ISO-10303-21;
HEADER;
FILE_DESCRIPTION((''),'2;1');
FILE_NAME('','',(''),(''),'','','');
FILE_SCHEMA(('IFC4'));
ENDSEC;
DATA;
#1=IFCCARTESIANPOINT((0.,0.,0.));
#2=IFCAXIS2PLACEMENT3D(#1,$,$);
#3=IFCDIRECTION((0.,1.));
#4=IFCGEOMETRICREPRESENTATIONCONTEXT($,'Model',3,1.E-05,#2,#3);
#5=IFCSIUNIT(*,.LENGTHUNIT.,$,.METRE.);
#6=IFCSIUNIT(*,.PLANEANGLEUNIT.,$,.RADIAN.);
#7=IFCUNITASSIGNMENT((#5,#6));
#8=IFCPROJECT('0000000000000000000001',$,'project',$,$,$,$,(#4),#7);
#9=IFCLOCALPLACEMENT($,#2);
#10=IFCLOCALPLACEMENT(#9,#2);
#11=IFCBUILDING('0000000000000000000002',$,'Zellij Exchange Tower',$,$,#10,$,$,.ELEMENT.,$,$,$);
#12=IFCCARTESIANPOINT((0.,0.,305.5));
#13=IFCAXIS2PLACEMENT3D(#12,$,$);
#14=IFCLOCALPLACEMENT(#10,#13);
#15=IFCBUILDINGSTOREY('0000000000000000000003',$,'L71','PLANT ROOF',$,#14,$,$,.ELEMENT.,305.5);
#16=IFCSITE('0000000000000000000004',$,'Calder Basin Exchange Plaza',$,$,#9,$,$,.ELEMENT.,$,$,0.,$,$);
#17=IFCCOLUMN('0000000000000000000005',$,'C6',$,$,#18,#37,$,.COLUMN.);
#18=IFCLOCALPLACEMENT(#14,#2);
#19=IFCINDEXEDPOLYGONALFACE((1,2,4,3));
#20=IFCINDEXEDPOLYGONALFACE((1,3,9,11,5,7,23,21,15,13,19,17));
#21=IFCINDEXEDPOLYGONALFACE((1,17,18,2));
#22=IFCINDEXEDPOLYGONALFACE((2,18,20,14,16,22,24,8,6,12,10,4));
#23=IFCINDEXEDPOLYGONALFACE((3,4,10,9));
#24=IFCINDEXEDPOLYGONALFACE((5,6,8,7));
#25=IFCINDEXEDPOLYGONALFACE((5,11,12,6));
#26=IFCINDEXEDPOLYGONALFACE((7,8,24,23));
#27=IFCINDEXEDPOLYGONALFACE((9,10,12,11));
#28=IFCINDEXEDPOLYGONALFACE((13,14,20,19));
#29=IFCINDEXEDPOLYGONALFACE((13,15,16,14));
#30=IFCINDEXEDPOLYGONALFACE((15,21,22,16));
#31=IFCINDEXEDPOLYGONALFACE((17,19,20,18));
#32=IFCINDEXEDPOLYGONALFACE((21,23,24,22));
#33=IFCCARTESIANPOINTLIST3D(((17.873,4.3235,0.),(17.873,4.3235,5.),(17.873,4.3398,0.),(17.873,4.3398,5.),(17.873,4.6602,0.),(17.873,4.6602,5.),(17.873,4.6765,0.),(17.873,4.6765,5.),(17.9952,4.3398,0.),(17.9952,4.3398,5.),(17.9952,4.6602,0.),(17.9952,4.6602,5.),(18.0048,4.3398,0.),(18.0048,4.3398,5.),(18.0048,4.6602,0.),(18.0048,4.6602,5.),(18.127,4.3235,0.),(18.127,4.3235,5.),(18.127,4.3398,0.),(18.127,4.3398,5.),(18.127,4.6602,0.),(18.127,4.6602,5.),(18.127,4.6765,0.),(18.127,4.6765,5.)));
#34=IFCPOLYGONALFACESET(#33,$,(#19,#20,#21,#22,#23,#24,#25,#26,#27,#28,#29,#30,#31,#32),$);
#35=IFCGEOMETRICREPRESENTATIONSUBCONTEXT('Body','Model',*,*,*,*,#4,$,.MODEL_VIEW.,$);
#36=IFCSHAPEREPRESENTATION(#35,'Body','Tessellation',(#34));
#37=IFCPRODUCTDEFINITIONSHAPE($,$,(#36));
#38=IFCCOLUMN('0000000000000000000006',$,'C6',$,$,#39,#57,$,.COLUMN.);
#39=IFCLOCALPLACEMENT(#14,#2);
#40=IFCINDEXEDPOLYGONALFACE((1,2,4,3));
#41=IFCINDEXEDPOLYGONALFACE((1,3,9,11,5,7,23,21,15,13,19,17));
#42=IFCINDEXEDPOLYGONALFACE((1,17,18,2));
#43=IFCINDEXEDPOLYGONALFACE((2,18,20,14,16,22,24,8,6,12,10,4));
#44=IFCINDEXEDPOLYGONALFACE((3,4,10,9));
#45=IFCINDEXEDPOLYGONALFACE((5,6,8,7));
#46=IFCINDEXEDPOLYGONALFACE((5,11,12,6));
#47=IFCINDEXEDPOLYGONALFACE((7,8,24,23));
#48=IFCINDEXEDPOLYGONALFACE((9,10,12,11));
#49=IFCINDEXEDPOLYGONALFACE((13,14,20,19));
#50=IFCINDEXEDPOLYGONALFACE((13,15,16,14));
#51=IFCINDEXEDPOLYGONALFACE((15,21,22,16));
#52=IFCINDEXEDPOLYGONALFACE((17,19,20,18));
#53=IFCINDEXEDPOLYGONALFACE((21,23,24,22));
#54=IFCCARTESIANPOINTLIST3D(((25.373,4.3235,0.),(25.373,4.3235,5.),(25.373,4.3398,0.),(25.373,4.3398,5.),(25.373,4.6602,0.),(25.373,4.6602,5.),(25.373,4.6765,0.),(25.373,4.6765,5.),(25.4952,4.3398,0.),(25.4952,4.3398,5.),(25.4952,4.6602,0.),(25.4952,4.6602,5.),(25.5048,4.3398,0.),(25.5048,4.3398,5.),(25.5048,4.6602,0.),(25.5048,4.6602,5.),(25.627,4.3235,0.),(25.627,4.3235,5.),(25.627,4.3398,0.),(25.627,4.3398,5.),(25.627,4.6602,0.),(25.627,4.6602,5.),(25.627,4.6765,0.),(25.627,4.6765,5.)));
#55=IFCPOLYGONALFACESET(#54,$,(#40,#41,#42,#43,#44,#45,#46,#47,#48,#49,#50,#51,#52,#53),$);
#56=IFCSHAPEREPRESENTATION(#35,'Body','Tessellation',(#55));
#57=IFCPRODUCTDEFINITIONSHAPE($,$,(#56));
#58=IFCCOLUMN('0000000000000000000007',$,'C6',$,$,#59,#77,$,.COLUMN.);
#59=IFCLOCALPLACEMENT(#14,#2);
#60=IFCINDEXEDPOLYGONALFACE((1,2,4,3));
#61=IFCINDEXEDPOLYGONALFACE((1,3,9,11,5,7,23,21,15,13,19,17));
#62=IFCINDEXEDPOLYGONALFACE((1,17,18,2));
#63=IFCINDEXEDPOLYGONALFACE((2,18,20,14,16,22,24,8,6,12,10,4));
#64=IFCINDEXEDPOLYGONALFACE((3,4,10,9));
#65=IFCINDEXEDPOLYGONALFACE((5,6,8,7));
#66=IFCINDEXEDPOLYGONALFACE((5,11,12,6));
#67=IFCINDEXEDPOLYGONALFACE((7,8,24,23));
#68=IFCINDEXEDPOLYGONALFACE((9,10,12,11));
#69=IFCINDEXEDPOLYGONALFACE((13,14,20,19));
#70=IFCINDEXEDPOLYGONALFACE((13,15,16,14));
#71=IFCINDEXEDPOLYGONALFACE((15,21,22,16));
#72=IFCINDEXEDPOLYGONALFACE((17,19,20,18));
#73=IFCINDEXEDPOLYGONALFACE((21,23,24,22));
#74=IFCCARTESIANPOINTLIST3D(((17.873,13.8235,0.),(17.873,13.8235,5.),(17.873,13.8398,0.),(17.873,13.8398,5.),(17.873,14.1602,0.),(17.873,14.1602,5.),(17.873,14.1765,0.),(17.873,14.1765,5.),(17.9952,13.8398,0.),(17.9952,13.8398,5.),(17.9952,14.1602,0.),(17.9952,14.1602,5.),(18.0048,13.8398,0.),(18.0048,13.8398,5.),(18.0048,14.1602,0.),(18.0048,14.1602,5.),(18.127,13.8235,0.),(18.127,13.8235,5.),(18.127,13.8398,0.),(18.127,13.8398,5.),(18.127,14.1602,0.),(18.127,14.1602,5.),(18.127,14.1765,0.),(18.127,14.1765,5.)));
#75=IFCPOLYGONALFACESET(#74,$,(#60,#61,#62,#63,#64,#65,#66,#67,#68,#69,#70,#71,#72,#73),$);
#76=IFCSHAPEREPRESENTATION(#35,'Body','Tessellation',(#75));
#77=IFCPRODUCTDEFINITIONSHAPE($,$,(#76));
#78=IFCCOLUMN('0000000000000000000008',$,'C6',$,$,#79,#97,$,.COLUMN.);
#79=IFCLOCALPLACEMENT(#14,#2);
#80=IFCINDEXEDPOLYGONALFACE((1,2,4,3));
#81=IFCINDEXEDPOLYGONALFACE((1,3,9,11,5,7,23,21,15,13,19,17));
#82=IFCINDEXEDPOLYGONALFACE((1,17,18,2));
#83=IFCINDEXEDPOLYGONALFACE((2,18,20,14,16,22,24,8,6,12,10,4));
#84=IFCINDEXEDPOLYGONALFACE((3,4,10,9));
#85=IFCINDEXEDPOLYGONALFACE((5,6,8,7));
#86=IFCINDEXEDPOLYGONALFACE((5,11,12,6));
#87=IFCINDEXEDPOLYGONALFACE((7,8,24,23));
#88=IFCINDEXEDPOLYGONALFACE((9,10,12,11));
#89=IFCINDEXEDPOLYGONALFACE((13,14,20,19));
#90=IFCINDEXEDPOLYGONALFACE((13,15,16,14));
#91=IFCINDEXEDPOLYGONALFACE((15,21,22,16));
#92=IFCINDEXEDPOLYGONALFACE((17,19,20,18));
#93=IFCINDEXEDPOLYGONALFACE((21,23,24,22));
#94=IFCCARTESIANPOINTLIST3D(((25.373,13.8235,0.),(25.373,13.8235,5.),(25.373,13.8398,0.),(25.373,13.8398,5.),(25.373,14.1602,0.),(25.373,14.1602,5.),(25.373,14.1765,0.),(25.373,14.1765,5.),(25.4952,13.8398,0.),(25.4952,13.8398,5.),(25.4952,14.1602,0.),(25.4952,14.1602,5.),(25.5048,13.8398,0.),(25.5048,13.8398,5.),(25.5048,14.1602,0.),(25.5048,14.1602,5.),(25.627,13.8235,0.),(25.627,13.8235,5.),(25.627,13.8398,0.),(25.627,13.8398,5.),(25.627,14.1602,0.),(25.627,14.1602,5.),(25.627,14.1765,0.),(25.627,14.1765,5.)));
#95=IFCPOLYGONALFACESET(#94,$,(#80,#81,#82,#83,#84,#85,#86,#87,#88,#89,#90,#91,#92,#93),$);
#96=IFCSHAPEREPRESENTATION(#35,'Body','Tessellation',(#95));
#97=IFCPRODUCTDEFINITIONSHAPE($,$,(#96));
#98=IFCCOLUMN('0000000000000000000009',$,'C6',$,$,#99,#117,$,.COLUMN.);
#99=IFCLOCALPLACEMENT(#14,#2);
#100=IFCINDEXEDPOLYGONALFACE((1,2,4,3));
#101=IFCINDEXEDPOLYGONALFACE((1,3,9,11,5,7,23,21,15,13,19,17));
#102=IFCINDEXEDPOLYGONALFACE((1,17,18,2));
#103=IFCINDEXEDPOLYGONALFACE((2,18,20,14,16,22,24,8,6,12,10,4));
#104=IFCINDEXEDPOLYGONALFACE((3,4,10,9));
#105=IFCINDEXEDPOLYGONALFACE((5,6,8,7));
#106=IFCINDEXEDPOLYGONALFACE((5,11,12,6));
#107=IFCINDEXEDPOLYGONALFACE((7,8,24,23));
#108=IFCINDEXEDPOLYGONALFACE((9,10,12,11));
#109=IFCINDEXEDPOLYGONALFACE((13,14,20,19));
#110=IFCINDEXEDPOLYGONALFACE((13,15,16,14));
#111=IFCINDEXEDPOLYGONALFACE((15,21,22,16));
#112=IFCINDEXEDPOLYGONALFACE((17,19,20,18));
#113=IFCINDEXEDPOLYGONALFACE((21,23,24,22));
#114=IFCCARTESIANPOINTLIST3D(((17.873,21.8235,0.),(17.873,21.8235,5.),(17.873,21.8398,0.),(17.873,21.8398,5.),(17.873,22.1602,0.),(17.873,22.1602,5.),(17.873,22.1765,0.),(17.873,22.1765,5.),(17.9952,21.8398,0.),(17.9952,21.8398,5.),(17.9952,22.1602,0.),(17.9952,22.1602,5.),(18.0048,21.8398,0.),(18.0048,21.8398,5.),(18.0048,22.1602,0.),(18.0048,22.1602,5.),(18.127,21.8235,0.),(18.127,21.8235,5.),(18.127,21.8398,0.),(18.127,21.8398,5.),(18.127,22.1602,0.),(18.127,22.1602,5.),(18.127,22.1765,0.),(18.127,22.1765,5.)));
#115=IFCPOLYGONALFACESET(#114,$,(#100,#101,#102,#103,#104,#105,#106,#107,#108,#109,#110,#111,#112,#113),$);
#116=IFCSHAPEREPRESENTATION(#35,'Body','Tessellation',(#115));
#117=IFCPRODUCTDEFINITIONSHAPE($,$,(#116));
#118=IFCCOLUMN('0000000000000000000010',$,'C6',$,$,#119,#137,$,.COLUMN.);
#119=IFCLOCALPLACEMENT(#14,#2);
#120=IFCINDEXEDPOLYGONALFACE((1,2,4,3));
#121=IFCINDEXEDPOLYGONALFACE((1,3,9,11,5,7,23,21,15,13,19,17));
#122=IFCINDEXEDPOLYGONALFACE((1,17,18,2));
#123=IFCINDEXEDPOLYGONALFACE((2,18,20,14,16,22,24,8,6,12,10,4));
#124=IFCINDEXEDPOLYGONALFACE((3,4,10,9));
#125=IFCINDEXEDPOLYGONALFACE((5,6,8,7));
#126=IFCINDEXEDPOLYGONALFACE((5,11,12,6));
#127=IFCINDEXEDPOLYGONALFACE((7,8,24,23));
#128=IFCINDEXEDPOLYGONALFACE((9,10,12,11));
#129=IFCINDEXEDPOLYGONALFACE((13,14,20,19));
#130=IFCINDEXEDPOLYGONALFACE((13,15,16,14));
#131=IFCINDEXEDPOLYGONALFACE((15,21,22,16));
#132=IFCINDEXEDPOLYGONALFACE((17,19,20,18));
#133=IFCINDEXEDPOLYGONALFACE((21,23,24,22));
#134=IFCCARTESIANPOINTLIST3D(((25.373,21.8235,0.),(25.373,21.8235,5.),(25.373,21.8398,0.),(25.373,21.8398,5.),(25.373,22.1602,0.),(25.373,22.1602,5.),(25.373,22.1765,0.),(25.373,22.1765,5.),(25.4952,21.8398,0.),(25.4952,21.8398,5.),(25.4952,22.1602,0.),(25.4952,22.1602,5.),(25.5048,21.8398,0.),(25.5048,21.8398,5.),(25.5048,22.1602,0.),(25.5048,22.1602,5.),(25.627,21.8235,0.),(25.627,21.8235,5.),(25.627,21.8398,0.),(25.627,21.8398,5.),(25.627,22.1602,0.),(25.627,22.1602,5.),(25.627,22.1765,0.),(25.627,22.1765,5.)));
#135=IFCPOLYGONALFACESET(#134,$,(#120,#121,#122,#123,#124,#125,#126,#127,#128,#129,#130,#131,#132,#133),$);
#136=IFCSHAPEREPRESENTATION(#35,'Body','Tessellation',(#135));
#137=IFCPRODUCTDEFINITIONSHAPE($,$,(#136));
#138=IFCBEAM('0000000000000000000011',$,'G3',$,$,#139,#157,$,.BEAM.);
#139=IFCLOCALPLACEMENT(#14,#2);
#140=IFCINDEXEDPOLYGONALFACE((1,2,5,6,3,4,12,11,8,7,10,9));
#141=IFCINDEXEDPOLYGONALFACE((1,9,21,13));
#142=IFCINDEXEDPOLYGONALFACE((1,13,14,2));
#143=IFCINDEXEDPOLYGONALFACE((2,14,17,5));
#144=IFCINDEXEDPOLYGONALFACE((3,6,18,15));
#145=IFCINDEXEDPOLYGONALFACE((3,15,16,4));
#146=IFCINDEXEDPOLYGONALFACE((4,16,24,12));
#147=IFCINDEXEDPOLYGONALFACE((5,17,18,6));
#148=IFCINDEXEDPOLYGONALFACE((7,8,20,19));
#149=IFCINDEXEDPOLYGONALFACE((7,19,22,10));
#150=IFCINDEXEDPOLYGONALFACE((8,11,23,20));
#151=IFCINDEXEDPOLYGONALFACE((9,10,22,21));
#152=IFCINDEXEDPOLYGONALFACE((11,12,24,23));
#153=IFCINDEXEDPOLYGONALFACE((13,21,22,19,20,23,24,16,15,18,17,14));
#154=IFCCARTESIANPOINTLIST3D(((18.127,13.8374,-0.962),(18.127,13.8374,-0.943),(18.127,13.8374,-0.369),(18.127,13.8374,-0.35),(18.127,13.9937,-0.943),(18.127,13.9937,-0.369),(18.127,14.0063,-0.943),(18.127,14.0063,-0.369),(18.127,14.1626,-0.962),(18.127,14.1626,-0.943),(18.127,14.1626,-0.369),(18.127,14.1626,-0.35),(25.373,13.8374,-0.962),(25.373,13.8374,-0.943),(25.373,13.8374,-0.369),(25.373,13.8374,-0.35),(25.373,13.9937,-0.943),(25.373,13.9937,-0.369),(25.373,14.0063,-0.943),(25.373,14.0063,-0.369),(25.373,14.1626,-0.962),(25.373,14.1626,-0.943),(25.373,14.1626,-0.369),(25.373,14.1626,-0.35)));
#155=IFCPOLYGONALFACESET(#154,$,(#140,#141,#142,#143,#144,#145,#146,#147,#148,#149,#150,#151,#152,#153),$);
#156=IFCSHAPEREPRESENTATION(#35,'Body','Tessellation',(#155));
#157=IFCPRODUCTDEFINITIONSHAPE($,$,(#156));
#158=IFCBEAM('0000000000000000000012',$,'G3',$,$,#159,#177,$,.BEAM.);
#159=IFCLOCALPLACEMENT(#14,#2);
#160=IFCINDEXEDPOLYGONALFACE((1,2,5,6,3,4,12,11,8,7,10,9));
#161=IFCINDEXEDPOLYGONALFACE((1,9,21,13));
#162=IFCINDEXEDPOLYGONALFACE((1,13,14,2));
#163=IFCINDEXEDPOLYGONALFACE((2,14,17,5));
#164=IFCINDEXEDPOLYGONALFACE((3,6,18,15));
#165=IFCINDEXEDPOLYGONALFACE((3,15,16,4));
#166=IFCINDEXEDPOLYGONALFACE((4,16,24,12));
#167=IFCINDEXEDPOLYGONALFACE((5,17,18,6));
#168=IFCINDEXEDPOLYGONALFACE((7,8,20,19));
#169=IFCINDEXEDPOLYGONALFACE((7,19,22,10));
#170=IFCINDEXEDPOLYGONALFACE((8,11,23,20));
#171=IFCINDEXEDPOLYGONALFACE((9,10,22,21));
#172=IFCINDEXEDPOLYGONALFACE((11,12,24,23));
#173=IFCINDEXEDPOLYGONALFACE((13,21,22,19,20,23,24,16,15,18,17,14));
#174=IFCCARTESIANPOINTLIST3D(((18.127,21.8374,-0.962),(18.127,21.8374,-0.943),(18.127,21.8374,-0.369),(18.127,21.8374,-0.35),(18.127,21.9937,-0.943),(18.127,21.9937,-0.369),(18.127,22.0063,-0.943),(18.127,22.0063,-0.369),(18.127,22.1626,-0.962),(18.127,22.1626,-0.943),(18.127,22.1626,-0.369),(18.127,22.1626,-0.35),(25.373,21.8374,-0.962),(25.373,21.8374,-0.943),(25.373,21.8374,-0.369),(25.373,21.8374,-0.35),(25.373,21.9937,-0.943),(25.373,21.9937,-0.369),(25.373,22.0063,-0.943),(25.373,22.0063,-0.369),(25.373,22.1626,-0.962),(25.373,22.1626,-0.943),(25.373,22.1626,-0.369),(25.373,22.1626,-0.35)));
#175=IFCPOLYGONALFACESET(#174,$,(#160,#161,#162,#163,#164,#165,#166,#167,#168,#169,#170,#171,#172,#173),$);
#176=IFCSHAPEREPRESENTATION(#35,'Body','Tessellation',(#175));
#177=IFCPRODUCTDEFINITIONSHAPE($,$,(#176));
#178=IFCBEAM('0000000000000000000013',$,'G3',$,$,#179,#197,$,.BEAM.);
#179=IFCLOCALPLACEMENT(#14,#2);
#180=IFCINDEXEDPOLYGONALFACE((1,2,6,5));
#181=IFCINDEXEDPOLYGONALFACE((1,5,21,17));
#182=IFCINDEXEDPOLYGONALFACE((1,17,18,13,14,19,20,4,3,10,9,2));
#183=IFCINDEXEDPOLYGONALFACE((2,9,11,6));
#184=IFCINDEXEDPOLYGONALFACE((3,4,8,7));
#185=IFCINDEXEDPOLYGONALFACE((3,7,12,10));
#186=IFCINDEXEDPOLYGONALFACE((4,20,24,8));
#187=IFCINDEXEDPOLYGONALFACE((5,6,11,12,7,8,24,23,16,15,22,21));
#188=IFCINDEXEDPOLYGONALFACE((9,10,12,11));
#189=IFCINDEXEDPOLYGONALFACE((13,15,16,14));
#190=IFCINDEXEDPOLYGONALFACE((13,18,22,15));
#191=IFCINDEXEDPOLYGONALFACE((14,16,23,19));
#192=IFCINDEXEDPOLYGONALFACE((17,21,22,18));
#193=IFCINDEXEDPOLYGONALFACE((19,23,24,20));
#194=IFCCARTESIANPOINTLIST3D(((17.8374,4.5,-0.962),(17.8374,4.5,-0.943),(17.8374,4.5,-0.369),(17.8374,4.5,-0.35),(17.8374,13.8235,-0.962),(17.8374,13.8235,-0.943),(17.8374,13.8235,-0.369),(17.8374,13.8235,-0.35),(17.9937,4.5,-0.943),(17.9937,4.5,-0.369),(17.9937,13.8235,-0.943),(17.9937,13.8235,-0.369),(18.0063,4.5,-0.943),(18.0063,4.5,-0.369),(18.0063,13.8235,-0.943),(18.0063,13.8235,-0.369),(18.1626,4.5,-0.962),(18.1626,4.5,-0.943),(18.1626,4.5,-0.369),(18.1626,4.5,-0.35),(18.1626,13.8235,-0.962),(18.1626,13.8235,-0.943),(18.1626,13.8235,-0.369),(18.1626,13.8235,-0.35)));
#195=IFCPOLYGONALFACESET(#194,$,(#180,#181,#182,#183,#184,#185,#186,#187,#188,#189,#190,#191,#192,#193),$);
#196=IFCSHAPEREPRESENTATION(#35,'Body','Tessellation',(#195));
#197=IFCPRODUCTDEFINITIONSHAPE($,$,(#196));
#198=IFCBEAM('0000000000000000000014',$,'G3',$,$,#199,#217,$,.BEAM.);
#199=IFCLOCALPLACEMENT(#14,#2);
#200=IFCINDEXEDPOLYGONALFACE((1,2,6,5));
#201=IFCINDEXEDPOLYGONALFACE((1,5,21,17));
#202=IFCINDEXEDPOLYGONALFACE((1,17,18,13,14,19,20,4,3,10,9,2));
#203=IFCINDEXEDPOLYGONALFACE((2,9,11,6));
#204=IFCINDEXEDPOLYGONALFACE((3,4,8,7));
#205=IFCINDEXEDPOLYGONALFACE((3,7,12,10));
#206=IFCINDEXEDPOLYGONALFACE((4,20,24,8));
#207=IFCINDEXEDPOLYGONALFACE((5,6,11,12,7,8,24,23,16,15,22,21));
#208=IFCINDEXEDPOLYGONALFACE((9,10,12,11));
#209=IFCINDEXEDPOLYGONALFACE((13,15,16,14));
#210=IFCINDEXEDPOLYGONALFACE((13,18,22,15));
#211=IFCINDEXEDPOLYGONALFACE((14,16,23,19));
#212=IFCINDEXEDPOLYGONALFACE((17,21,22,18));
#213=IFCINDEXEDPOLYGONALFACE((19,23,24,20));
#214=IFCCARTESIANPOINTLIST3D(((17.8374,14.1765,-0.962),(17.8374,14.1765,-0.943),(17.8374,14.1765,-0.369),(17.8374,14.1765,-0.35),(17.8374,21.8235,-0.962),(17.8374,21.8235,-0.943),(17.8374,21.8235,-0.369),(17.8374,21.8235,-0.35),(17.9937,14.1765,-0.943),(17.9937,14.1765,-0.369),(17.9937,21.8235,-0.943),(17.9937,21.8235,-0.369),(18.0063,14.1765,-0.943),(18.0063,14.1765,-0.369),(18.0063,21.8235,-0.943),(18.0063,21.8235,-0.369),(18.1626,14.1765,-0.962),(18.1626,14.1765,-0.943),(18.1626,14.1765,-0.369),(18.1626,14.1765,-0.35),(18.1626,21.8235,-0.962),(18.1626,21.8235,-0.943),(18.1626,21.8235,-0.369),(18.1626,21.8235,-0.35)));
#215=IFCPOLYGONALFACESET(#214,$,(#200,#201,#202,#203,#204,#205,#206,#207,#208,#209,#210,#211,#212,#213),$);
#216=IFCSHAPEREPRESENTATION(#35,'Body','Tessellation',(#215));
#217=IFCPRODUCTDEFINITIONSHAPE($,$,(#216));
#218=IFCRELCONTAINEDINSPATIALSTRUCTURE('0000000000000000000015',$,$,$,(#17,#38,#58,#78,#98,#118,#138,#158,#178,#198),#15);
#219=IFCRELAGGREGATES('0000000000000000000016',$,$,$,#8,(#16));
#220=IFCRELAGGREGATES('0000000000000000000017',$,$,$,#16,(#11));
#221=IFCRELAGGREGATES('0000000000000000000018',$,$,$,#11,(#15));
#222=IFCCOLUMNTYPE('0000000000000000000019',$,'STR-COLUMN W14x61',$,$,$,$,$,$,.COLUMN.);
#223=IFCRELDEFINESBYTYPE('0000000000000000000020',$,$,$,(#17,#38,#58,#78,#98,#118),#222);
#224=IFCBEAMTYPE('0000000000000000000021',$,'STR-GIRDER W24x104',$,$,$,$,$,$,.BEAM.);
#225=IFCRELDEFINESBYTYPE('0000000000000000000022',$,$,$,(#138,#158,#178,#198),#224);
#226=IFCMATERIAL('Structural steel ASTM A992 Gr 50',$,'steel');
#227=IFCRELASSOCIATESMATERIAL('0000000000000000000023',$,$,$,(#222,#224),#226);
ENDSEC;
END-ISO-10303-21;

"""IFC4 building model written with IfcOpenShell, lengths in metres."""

from ifc_helpers import new_model, si_unit, direction, frame, origin, origin_2d, place, context, subcontext, project, spatial, i_section, extrude, material, material_profile, profile_set, type_object, element, save


model = new_model("IFC4")

# Units and contexts
model_context = context("Model", 3, precision=1e-05, world=origin(), true_north=direction((0.0, 1.0)))
body_context = subcontext(model_context, "Body", "Model", "MODEL_VIEW")
ifc_project = project(units=[si_unit("LENGTHUNIT", "METRE"), si_unit("PLANEANGLEUNIT", "RADIAN")], contexts=[model_context])

# Site, building, storey
site_placement = place(None, origin())
site = spatial("IfcSite", under=ifc_project, at=site_placement, Name="Calder Basin Exchange Plaza", CompositionType="ELEMENT", RefElevation=0.0)
building_placement = place(site_placement, origin())
building = spatial("IfcBuilding", under=site, at=building_placement, Name="Zellij Exchange Tower", CompositionType="ELEMENT")
storey_placement = place(building_placement, frame((0.0, 0.0, 305.5)))
storey = spatial("IfcBuildingStorey", under=building, at=storey_placement, Name="L71", Description="PLANT ROOF", CompositionType="ELEMENT", Elevation=305.5)

# Columns
ifc_material_1 = material(Name="Structural steel ASTM A992 Gr 50", Category="steel")
ifc_material_profile_1 = material_profile(ifc_material_1, i_section(OverallWidth=0.2539, OverallDepth=0.353, WebThickness=0.0095, FlangeThickness=0.0164, at=origin_2d()), Name="W14x61")
ifc_profile_set_1 = profile_set([ifc_material_profile_1], Name="Structural steel ASTM A992 Gr 50")
column_type = type_object("IfcColumnType", Name="STR-COLUMN W14x61", PredefinedType="COLUMN", material=ifc_profile_set_1)
for number, where, z_axis, x_axis, name in (
    (1, (18.0, 4.5, 0.0), (0.0, 0.0, 1.0), (1.0, 0.0, 0.0), "C6"),
    (2, (25.5, 4.5, 0.0), (0.0, 0.0, 1.0), (1.0, 0.0, 0.0), "C6"),
    (3, (18.0, 14.0, 0.0), (0.0, 0.0, 1.0), (1.0, 0.0, 0.0), "C6"),
    (4, (25.5, 14.0, 0.0), (0.0, 0.0, 1.0), (1.0, 0.0, 0.0), "C6"),
    (5, (18.0, 22.0, 0.0), (0.0, 0.0, 1.0), (1.0, 0.0, 0.0), "C6"),
    (6, (25.5, 22.0, 0.0), (0.0, 0.0, 1.0), (1.0, 0.0, 0.0), "C6"),
):
    element("IfcColumn", number, at=place(storey_placement, frame(where, z_axis=z_axis, x_axis=x_axis)), inside=storey, type_object=column_type, Name=name, PredefinedType="COLUMN", context=body_context, shape_type="SweptSolid", body=[
        extrude(i_section(OverallWidth=0.2539, OverallDepth=0.353, WebThickness=0.0095, FlangeThickness=0.0164, at=origin_2d()), origin(), (0.0, 0.0, 1.0), 5.0),
    ])

# Beams
ifc_material_profile_2 = material_profile(ifc_material_1, i_section(OverallWidth=0.3252, OverallDepth=0.6121, WebThickness=0.0127, FlangeThickness=0.019, at=origin_2d()), Name="W24x104")
ifc_profile_set_2 = profile_set([ifc_material_profile_2], Name="Structural steel ASTM A992 Gr 50")
beam_type = type_object("IfcBeamType", Name="STR-GIRDER W24x104", PredefinedType="BEAM", material=ifc_profile_set_2)
for number, where, z_axis, x_axis, name in (
    (7, (18.127, 14.0, -0.656), (1.0, 0.0, 0.0), (0.0, 1.0, 0.0), "G3"),
    (8, (18.127, 22.0, -0.656), (1.0, 0.0, 0.0), (0.0, 1.0, 0.0), "G3"),
):
    element("IfcBeam", number, at=place(storey_placement, frame(where, z_axis=z_axis, x_axis=x_axis)), inside=storey, type_object=beam_type, Name=name, PredefinedType="BEAM", context=body_context, shape_type="SweptSolid", body=[
        extrude(i_section(OverallWidth=0.3252, OverallDepth=0.6121, WebThickness=0.0127, FlangeThickness=0.019, at=origin_2d()), origin(), (0.0, 0.0, 1.0), 7.2461),
    ])
beam_1_placement = place(storey_placement, frame((18.0, 4.5, -0.656), z_axis=(0.0, 1.0, 0.0), x_axis=(-1.0, 0.0, 0.0)))
element("IfcBeam", 9, at=beam_1_placement, inside=storey, type_object=beam_type, Name="G3", PredefinedType="BEAM", context=body_context, shape_type="SweptSolid", body=[
    extrude(i_section(OverallWidth=0.3252, OverallDepth=0.6121, WebThickness=0.0127, FlangeThickness=0.019, at=origin_2d()), origin(), (0.0, 0.0, 1.0), 9.3235),
])
beam_2_placement = place(storey_placement, frame((18.0, 14.1765, -0.656), z_axis=(0.0, 1.0, 0.0), x_axis=(-1.0, 0.0, 0.0)))
element("IfcBeam", 10, at=beam_2_placement, inside=storey, type_object=beam_type, Name="G3", PredefinedType="BEAM", context=body_context, shape_type="SweptSolid", body=[
    extrude(i_section(OverallWidth=0.3252, OverallDepth=0.6121, WebThickness=0.0127, FlangeThickness=0.019, at=origin_2d()), origin(), (0.0, 0.0, 1.0), 7.647),
])

save(model, "model.ifc")
